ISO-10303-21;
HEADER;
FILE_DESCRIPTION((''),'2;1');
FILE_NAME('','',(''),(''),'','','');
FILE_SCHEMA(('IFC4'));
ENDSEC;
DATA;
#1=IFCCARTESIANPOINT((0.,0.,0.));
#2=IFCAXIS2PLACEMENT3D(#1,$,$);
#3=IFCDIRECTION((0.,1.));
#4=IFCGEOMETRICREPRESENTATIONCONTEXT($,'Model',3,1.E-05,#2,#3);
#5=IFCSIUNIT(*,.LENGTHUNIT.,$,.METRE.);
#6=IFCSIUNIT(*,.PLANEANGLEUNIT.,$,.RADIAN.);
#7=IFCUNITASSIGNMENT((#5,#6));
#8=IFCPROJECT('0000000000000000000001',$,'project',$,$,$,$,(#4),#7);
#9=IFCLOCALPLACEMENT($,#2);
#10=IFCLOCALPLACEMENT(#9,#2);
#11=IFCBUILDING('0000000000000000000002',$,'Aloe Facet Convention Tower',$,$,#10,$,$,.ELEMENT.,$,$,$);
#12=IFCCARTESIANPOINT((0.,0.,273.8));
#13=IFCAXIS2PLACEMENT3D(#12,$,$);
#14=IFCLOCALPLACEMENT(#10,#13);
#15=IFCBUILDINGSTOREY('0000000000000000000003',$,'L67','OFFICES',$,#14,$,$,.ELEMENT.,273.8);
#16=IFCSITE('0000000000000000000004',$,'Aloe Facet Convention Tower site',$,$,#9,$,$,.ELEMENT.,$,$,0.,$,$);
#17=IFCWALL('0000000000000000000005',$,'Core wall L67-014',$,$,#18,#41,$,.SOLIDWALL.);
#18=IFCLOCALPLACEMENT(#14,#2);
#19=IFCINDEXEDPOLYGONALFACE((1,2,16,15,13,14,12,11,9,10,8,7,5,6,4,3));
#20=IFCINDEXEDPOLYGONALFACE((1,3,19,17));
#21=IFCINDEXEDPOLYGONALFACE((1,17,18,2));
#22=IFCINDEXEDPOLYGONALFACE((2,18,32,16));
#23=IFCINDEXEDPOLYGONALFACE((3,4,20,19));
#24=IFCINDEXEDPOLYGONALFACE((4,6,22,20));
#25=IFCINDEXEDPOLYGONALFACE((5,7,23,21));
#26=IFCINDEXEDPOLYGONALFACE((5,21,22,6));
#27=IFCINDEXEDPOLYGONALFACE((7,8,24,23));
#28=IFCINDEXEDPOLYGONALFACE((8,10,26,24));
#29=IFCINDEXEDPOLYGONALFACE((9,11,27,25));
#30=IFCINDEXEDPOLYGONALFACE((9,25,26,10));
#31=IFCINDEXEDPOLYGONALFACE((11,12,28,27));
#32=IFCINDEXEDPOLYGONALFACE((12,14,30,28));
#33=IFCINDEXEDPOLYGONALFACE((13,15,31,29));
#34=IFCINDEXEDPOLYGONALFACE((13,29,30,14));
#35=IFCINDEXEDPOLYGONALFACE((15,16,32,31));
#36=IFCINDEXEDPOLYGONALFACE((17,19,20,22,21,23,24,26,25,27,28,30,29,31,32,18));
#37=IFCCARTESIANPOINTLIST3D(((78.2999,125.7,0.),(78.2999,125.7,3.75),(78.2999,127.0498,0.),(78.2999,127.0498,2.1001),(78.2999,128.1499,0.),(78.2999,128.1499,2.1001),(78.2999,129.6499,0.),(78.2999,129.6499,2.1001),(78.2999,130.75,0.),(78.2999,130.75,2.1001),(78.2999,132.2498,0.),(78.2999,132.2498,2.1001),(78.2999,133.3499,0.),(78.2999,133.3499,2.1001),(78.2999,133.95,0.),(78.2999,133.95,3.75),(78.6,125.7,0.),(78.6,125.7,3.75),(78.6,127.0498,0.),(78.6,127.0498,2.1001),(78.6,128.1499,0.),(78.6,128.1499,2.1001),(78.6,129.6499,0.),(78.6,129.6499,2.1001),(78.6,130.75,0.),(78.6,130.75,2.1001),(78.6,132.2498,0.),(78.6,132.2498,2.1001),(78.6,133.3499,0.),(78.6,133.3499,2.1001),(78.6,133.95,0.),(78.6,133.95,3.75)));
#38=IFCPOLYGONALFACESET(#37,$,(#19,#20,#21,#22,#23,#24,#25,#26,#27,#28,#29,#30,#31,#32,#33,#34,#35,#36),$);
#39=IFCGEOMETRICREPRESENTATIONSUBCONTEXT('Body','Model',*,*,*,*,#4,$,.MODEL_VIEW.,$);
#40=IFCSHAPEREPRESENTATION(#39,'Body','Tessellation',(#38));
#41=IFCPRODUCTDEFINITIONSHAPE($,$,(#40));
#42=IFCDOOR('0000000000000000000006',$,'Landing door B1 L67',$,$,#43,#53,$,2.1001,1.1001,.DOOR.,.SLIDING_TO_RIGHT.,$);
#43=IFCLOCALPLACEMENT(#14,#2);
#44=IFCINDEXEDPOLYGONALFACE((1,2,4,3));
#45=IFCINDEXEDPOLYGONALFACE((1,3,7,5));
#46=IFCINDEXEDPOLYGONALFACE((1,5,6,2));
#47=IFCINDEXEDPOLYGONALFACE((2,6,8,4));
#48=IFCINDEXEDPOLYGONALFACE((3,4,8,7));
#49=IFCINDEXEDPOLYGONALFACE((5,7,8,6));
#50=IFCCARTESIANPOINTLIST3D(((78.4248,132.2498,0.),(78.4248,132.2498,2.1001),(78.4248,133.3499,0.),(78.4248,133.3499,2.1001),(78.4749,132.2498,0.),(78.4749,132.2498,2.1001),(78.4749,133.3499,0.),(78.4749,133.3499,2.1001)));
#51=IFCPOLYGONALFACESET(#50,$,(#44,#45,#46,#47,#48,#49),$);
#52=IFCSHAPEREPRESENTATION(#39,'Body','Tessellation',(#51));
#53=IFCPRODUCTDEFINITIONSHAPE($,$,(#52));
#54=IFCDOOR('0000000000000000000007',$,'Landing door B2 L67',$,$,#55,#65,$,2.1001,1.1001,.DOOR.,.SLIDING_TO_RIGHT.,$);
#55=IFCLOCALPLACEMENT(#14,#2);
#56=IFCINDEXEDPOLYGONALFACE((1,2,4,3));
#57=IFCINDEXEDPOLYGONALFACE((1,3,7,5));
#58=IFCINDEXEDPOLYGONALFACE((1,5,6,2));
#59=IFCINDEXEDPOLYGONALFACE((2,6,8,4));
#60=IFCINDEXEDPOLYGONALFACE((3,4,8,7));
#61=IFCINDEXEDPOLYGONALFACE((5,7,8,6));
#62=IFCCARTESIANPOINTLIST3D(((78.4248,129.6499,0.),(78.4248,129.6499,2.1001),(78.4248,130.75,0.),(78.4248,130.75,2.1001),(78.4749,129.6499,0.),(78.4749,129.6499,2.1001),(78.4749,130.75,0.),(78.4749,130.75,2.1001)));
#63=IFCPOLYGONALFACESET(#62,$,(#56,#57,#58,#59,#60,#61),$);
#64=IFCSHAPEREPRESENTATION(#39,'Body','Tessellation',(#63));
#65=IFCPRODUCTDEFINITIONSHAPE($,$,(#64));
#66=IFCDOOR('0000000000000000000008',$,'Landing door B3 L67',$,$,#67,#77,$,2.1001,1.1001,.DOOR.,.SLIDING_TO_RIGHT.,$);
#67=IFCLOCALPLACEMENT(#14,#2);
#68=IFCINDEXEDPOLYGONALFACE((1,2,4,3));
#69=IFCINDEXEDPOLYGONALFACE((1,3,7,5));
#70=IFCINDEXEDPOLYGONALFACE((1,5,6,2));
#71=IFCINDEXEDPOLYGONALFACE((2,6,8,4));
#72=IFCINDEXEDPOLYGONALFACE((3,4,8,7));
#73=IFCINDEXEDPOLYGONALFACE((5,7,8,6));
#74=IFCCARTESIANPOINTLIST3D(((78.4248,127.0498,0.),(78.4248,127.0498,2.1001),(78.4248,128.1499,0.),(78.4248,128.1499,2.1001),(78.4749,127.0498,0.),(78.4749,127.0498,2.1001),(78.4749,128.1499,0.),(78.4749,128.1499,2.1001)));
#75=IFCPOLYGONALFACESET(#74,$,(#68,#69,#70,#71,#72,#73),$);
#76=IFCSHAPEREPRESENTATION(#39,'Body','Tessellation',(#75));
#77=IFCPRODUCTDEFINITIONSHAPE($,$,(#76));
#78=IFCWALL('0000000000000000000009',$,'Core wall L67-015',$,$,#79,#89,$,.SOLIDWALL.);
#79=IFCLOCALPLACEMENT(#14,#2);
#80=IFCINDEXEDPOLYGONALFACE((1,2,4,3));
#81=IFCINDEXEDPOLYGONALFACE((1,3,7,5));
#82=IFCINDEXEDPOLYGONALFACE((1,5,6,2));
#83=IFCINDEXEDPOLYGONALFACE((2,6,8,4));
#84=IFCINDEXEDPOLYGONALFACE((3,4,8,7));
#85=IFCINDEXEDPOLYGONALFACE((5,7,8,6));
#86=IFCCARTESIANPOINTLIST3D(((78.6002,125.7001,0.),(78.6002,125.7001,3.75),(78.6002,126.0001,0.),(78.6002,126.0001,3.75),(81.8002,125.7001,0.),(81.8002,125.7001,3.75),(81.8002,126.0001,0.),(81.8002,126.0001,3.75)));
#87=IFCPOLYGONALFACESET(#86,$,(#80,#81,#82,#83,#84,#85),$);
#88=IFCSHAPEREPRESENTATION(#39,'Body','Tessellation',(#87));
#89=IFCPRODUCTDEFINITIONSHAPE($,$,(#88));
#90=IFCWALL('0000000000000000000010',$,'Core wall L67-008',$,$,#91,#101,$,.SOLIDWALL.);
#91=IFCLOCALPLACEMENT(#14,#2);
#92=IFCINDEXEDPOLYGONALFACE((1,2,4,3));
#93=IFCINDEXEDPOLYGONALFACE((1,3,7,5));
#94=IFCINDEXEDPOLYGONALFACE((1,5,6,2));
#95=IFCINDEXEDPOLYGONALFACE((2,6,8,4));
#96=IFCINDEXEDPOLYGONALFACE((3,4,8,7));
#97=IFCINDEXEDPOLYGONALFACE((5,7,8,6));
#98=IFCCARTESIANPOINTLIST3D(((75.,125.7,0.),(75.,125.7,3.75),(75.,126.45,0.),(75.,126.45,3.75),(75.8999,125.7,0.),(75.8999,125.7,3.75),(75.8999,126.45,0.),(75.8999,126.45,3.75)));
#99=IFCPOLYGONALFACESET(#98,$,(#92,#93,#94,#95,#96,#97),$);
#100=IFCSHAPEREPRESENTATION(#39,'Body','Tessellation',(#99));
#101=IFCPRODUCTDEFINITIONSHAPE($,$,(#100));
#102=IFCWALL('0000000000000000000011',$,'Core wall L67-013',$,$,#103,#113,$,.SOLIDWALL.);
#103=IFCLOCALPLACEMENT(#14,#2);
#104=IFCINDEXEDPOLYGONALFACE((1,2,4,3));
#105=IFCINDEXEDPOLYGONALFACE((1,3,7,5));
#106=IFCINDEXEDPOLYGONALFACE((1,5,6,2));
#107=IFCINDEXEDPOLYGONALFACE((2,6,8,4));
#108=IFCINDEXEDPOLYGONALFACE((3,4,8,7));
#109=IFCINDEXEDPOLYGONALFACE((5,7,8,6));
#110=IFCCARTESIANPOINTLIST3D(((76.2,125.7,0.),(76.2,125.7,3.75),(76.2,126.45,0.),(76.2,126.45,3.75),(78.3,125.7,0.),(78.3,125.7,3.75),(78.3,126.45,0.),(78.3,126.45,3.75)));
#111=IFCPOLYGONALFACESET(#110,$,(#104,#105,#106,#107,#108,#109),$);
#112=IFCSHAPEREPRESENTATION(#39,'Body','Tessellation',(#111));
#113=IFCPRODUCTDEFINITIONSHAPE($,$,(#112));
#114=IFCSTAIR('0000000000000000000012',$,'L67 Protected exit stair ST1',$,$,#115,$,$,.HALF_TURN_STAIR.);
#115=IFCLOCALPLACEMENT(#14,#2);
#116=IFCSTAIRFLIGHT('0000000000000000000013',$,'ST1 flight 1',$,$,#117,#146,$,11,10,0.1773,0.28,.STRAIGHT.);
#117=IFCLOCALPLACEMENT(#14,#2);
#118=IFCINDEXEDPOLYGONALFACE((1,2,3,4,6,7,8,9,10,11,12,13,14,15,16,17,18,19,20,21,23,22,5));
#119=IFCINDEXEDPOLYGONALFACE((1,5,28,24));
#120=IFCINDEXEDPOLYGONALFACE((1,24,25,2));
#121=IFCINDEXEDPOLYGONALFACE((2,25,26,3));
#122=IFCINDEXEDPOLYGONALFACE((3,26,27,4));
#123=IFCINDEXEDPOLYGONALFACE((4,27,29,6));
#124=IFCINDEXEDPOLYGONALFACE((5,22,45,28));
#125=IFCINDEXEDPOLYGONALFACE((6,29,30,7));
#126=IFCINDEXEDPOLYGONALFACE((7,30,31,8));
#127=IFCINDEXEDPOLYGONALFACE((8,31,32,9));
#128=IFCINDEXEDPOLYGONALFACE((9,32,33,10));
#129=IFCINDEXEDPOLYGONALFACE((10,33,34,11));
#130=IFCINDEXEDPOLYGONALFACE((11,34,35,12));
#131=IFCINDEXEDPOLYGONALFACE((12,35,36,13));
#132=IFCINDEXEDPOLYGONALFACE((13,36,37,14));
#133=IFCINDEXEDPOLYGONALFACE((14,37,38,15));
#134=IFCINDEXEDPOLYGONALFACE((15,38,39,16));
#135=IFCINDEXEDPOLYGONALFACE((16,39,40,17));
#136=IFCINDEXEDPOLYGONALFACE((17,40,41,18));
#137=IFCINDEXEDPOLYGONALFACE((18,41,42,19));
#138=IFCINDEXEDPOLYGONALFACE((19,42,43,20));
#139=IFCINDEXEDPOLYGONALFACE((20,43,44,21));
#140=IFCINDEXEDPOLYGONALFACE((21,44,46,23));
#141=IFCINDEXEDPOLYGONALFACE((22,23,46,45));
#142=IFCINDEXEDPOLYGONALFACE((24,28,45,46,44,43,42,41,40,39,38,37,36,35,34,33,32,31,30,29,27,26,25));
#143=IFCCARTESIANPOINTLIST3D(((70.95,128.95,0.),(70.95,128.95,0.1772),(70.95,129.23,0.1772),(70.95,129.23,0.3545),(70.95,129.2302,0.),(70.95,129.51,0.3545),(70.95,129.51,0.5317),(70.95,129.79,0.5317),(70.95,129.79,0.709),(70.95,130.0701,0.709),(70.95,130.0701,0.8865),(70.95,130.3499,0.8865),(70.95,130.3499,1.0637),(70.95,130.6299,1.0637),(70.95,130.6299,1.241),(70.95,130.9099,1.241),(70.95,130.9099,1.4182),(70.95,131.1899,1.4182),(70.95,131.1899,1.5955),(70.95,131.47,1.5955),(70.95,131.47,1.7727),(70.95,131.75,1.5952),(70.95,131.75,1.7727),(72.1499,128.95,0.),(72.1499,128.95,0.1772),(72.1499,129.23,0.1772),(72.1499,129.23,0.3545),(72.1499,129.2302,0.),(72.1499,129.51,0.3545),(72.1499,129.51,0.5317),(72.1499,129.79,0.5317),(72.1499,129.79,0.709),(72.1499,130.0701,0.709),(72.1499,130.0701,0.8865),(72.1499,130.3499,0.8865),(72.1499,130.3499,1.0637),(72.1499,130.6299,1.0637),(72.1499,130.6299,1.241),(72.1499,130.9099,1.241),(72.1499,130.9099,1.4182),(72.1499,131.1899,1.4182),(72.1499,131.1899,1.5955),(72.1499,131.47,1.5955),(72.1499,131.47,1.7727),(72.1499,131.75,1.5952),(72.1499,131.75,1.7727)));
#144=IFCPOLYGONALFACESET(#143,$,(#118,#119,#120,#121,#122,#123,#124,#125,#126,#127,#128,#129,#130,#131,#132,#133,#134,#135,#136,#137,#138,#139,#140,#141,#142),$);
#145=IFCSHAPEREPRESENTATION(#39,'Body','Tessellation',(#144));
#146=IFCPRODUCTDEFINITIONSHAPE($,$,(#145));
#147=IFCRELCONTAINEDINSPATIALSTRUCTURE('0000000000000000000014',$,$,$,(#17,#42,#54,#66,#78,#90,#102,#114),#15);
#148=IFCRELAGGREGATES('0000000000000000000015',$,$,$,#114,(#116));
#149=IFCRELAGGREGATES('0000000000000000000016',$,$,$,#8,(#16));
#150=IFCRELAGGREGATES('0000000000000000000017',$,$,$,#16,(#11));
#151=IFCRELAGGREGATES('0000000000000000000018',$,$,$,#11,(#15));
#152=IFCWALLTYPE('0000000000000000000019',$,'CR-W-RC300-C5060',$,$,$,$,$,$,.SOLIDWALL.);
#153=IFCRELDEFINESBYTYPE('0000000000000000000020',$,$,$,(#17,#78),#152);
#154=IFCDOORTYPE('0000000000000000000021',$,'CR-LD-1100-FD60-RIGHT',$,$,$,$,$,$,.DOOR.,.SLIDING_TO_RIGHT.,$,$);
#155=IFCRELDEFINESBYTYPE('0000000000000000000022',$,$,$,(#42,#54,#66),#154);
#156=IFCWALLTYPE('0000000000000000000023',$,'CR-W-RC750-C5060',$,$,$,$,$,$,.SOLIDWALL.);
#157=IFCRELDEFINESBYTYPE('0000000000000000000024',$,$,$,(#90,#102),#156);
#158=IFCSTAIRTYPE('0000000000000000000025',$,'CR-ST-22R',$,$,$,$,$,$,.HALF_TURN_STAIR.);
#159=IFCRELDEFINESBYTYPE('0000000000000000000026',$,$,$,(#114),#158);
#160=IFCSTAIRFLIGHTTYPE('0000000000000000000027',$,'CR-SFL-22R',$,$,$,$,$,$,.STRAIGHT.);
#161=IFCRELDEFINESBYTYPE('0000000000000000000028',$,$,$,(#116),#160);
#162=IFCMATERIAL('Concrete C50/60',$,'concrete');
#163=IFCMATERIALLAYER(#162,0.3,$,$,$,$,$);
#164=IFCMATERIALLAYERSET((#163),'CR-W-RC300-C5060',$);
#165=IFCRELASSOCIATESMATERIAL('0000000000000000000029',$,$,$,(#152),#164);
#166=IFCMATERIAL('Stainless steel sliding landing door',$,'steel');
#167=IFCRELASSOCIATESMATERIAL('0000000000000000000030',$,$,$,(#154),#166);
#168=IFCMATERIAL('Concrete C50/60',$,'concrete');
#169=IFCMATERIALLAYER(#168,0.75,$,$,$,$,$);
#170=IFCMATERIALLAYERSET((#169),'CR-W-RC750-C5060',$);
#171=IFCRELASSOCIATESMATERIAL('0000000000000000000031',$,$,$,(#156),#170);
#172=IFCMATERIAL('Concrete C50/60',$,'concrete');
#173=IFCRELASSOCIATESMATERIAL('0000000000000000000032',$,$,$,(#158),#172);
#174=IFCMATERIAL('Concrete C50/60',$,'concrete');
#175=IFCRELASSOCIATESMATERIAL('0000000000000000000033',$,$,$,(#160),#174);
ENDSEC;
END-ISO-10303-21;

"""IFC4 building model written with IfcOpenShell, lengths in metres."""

from ifc_helpers import new_model, si_unit, direction, frame, frame_2d, origin, place, context, subcontext, project, spatial, polyline, rectangle, outline, extrude, material, layer, layer_set, type_object, element, fill, aggregate, save


model = new_model("IFC4")

# Units and contexts
model_context = context("Model", 3, precision=1e-05, world=origin(), true_north=direction((0.0, 1.0)))
body_context = subcontext(model_context, "Body", "Model", "MODEL_VIEW")
ifc_project = project(units=[si_unit("LENGTHUNIT", "METRE"), si_unit("PLANEANGLEUNIT", "RADIAN")], contexts=[model_context])

# Site, building, storey
site_placement = place(None, origin())
site = spatial("IfcSite", under=ifc_project, at=site_placement, Name="Aloe Facet Convention Tower site", CompositionType="ELEMENT", RefElevation=0.0)
building_placement = place(site_placement, origin())
building = spatial("IfcBuilding", under=site, at=building_placement, Name="Aloe Facet Convention Tower", CompositionType="ELEMENT")
storey_placement = place(building_placement, frame((0.0, 0.0, 273.8)))
storey = spatial("IfcBuildingStorey", under=building, at=storey_placement, Name="L67", Description="OFFICES", CompositionType="ELEMENT", Elevation=273.8)

# Shared definitions
ifc_material_1 = material(Name="Concrete C50/60", Category="concrete")
ifc_layer_1 = layer(ifc_material_1, 0.3)
ifc_layer_set_1 = layer_set([ifc_layer_1], Name="CR-W-RC300-C5060")
wall_type_1 = type_object("IfcWallType", Name="CR-W-RC300-C5060", PredefinedType="SOLIDWALL", material=ifc_layer_set_1)

# Wall, openings, doors
wall_1_placement = place(storey_placement, frame((78.45, 133.95, 0.0), z_axis=(0.0, 0.0, 1.0), x_axis=(0.0, -1.0, 0.0)))
wall_1 = element("IfcWall", 1, at=wall_1_placement, inside=storey, type_object=wall_type_1, Name="Core wall L67-014", PredefinedType="SOLIDWALL", context=body_context, shape_type="SweptSolid", body=[
    extrude(rectangle(XDim=8.25, YDim=0.3, at=frame_2d((4.125, 0.0))), origin(), (0.0, 0.0, 1.0), 3.75),
])
opening_1_placement = place(wall_1_placement, frame((0.6001, 0.0, 0.0)))
opening_1 = element("IfcOpeningElement", 2, at=opening_1_placement, cuts=wall_1, PredefinedType="OPENING", context=body_context, shape_type="SweptSolid", body=[
    extrude(rectangle(XDim=1.1001, YDim=2.1001, at=frame_2d((0.55, 1.05))), frame((0.0, 0.1602, 0.0), z_axis=(0.0, -1.0, 0.0), x_axis=(1.0, 0.0, 0.0)), (0.0, 0.0, 1.0), 0.3201),
])
opening_2_placement = place(wall_1_placement, frame((3.2, 0.0, 0.0)))
opening_2 = element("IfcOpeningElement", 3, at=opening_2_placement, cuts=wall_1, PredefinedType="OPENING", context=body_context, shape_type="SweptSolid", body=[
    extrude(rectangle(XDim=1.1001, YDim=2.1001, at=frame_2d((0.55, 1.05))), frame((0.0, 0.1602, 0.0), z_axis=(0.0, -1.0, 0.0), x_axis=(1.0, 0.0, 0.0)), (0.0, 0.0, 1.0), 0.3201),
])
opening_3_placement = place(wall_1_placement, frame((5.8, 0.0, 0.0)))
opening_3 = element("IfcOpeningElement", 4, at=opening_3_placement, cuts=wall_1, PredefinedType="OPENING", context=body_context, shape_type="SweptSolid", body=[
    extrude(rectangle(XDim=1.1001, YDim=2.1001, at=frame_2d((0.55, 1.05))), frame((0.0, 0.1602, 0.0), z_axis=(0.0, -1.0, 0.0), x_axis=(1.0, 0.0, 0.0)), (0.0, 0.0, 1.0), 0.3201),
])
ifc_material_2 = material(Name="Stainless steel sliding landing door", Category="steel")
door_type_1 = type_object("IfcDoorType", Name="CR-LD-1100-FD60-RIGHT", OperationType="SLIDING_TO_RIGHT", PredefinedType="DOOR", material=ifc_material_2)
door_1_placement = place(opening_1_placement, origin())
door_1 = element("IfcDoor", 5, at=door_1_placement, inside=storey, type_object=door_type_1, Name="Landing door B1 L67", OperationType="SLIDING_TO_RIGHT", OverallHeight=2.1001, OverallWidth=1.1001, PredefinedType="DOOR", context=body_context, shape_type="SweptSolid", body=[
    extrude(rectangle(XDim=1.1001, YDim=2.1001, at=frame_2d((0.55, 1.05))), frame((0.0, 0.0249, 0.0), z_axis=(0.0, -1.0, 0.0), x_axis=(1.0, 0.0, 0.0)), (0.0, 0.0, 1.0), 0.05),
])
fill(opening_1, door_1)
door_2_placement = place(opening_2_placement, origin())
door_2 = element("IfcDoor", 6, at=door_2_placement, inside=storey, type_object=door_type_1, Name="Landing door B2 L67", OperationType="SLIDING_TO_RIGHT", OverallHeight=2.1001, OverallWidth=1.1001, PredefinedType="DOOR", context=body_context, shape_type="SweptSolid", body=[
    extrude(rectangle(XDim=1.1001, YDim=2.1001, at=frame_2d((0.55, 1.05))), frame((0.0, 0.0249, 0.0), z_axis=(0.0, -1.0, 0.0), x_axis=(1.0, 0.0, 0.0)), (0.0, 0.0, 1.0), 0.05),
])
fill(opening_2, door_2)
door_3_placement = place(opening_3_placement, origin())
door_3 = element("IfcDoor", 7, at=door_3_placement, inside=storey, type_object=door_type_1, Name="Landing door B3 L67", OperationType="SLIDING_TO_RIGHT", OverallHeight=2.1001, OverallWidth=1.1001, PredefinedType="DOOR", context=body_context, shape_type="SweptSolid", body=[
    extrude(rectangle(XDim=1.1001, YDim=2.1001, at=frame_2d((0.55, 1.05))), frame((0.0, 0.0249, 0.0), z_axis=(0.0, -1.0, 0.0), x_axis=(1.0, 0.0, 0.0)), (0.0, 0.0, 1.0), 0.05),
])
fill(opening_3, door_3)

# Walls
wall_2_placement = place(storey_placement, frame((78.6001, 125.8501, 0.0), z_axis=(0.0, 0.0, 1.0), x_axis=(1.0, 0.0, 0.0)))
element("IfcWall", 8, at=wall_2_placement, inside=storey, type_object=wall_type_1, Name="Core wall L67-015", PredefinedType="SOLIDWALL", context=body_context, shape_type="SweptSolid", body=[
    extrude(rectangle(XDim=3.2, YDim=0.3, at=frame_2d((1.6001, 0.0))), origin(), (0.0, 0.0, 1.0), 3.75),
])
ifc_material_3 = material(Name="Concrete C50/60", Category="concrete")
ifc_layer_2 = layer(ifc_material_3, 0.75)
ifc_layer_set_2 = layer_set([ifc_layer_2], Name="CR-W-RC750-C5060")
wall_type_2 = type_object("IfcWallType", Name="CR-W-RC750-C5060", PredefinedType="SOLIDWALL", material=ifc_layer_set_2)
wall_3_placement = place(storey_placement, frame((75.0, 126.075, 0.0), z_axis=(0.0, 0.0, 1.0), x_axis=(1.0, 0.0, 0.0)))
element("IfcWall", 9, at=wall_3_placement, inside=storey, type_object=wall_type_2, Name="Core wall L67-008", PredefinedType="SOLIDWALL", context=body_context, shape_type="SweptSolid", body=[
    extrude(rectangle(XDim=0.8999, YDim=0.75, at=frame_2d((0.45, 0.0))), origin(), (0.0, 0.0, 1.0), 3.75),
])
wall_4_placement = place(storey_placement, frame((76.2, 126.075, 0.0), z_axis=(0.0, 0.0, 1.0), x_axis=(1.0, 0.0, 0.0)))
element("IfcWall", 10, at=wall_4_placement, inside=storey, type_object=wall_type_2, Name="Core wall L67-013", PredefinedType="SOLIDWALL", context=body_context, shape_type="SweptSolid", body=[
    extrude(rectangle(XDim=2.1001, YDim=0.75, at=frame_2d((1.05, 0.0))), origin(), (0.0, 0.0, 1.0), 3.75),
])

# Stair, stair flight
ifc_material_4 = material(Name="Concrete C50/60", Category="concrete")
stair_type = type_object("IfcStairType", Name="CR-ST-22R", PredefinedType="HALF_TURN_STAIR", material=ifc_material_4)
stair_1_placement = place(storey_placement, origin())
stair_1 = element("IfcStair", 11, at=stair_1_placement, inside=storey, type_object=stair_type, Name="L67 Protected exit stair ST1", PredefinedType="HALF_TURN_STAIR")
ifc_material_5 = material(Name="Concrete C50/60", Category="concrete")
stair_flight_type = type_object("IfcStairFlightType", Name="CR-SFL-22R", PredefinedType="STRAIGHT", material=ifc_material_5)
stair_flight_1_placement = place(storey_placement, frame((71.55, 128.95, 0.0), z_axis=(0.0, 0.0, 1.0), x_axis=(0.0, 1.0, 0.0)))
stair_flight_1 = element("IfcStairFlight", 12, at=stair_flight_1_placement, type_object=stair_flight_type, Name="ST1 flight 1", NumberOfRisers=11, NumberOfTreads=10, PredefinedType="STRAIGHT", RiserHeight=0.1773, TreadLength=0.28, context=body_context, shape_type="SweptSolid", body=[
    extrude(outline(polyline([(0.0, 0.0), (0.0, 0.1772), (0.28, 0.1772), (0.28, 0.3545), (0.5601, 0.3545), (0.5601, 0.5317), (0.8401, 0.5317), (0.8401, 0.709), (1.1201, 0.709), (1.1201, 0.8865), (1.3999, 0.8865), (1.3999, 1.0637), (1.6799, 1.0637), (1.6799, 1.241), (1.96, 1.241), (1.96, 1.4182), (2.24, 1.4182), (2.24, 1.5955), (2.52, 1.5955), (2.52, 1.7727), (2.8, 1.7727), (2.8, 1.95), (2.8, 1.5952), (0.2803, 0.0), (0.0, 0.0)])), frame((0.0, 0.6001, 0.0), z_axis=(0.0, -1.0, 0.0), x_axis=(1.0, 0.0, 0.0)), (0.0, 0.0, 1.0), 1.2),
])
aggregate(stair_1, [stair_flight_1])

save(model, "model.ifc")
